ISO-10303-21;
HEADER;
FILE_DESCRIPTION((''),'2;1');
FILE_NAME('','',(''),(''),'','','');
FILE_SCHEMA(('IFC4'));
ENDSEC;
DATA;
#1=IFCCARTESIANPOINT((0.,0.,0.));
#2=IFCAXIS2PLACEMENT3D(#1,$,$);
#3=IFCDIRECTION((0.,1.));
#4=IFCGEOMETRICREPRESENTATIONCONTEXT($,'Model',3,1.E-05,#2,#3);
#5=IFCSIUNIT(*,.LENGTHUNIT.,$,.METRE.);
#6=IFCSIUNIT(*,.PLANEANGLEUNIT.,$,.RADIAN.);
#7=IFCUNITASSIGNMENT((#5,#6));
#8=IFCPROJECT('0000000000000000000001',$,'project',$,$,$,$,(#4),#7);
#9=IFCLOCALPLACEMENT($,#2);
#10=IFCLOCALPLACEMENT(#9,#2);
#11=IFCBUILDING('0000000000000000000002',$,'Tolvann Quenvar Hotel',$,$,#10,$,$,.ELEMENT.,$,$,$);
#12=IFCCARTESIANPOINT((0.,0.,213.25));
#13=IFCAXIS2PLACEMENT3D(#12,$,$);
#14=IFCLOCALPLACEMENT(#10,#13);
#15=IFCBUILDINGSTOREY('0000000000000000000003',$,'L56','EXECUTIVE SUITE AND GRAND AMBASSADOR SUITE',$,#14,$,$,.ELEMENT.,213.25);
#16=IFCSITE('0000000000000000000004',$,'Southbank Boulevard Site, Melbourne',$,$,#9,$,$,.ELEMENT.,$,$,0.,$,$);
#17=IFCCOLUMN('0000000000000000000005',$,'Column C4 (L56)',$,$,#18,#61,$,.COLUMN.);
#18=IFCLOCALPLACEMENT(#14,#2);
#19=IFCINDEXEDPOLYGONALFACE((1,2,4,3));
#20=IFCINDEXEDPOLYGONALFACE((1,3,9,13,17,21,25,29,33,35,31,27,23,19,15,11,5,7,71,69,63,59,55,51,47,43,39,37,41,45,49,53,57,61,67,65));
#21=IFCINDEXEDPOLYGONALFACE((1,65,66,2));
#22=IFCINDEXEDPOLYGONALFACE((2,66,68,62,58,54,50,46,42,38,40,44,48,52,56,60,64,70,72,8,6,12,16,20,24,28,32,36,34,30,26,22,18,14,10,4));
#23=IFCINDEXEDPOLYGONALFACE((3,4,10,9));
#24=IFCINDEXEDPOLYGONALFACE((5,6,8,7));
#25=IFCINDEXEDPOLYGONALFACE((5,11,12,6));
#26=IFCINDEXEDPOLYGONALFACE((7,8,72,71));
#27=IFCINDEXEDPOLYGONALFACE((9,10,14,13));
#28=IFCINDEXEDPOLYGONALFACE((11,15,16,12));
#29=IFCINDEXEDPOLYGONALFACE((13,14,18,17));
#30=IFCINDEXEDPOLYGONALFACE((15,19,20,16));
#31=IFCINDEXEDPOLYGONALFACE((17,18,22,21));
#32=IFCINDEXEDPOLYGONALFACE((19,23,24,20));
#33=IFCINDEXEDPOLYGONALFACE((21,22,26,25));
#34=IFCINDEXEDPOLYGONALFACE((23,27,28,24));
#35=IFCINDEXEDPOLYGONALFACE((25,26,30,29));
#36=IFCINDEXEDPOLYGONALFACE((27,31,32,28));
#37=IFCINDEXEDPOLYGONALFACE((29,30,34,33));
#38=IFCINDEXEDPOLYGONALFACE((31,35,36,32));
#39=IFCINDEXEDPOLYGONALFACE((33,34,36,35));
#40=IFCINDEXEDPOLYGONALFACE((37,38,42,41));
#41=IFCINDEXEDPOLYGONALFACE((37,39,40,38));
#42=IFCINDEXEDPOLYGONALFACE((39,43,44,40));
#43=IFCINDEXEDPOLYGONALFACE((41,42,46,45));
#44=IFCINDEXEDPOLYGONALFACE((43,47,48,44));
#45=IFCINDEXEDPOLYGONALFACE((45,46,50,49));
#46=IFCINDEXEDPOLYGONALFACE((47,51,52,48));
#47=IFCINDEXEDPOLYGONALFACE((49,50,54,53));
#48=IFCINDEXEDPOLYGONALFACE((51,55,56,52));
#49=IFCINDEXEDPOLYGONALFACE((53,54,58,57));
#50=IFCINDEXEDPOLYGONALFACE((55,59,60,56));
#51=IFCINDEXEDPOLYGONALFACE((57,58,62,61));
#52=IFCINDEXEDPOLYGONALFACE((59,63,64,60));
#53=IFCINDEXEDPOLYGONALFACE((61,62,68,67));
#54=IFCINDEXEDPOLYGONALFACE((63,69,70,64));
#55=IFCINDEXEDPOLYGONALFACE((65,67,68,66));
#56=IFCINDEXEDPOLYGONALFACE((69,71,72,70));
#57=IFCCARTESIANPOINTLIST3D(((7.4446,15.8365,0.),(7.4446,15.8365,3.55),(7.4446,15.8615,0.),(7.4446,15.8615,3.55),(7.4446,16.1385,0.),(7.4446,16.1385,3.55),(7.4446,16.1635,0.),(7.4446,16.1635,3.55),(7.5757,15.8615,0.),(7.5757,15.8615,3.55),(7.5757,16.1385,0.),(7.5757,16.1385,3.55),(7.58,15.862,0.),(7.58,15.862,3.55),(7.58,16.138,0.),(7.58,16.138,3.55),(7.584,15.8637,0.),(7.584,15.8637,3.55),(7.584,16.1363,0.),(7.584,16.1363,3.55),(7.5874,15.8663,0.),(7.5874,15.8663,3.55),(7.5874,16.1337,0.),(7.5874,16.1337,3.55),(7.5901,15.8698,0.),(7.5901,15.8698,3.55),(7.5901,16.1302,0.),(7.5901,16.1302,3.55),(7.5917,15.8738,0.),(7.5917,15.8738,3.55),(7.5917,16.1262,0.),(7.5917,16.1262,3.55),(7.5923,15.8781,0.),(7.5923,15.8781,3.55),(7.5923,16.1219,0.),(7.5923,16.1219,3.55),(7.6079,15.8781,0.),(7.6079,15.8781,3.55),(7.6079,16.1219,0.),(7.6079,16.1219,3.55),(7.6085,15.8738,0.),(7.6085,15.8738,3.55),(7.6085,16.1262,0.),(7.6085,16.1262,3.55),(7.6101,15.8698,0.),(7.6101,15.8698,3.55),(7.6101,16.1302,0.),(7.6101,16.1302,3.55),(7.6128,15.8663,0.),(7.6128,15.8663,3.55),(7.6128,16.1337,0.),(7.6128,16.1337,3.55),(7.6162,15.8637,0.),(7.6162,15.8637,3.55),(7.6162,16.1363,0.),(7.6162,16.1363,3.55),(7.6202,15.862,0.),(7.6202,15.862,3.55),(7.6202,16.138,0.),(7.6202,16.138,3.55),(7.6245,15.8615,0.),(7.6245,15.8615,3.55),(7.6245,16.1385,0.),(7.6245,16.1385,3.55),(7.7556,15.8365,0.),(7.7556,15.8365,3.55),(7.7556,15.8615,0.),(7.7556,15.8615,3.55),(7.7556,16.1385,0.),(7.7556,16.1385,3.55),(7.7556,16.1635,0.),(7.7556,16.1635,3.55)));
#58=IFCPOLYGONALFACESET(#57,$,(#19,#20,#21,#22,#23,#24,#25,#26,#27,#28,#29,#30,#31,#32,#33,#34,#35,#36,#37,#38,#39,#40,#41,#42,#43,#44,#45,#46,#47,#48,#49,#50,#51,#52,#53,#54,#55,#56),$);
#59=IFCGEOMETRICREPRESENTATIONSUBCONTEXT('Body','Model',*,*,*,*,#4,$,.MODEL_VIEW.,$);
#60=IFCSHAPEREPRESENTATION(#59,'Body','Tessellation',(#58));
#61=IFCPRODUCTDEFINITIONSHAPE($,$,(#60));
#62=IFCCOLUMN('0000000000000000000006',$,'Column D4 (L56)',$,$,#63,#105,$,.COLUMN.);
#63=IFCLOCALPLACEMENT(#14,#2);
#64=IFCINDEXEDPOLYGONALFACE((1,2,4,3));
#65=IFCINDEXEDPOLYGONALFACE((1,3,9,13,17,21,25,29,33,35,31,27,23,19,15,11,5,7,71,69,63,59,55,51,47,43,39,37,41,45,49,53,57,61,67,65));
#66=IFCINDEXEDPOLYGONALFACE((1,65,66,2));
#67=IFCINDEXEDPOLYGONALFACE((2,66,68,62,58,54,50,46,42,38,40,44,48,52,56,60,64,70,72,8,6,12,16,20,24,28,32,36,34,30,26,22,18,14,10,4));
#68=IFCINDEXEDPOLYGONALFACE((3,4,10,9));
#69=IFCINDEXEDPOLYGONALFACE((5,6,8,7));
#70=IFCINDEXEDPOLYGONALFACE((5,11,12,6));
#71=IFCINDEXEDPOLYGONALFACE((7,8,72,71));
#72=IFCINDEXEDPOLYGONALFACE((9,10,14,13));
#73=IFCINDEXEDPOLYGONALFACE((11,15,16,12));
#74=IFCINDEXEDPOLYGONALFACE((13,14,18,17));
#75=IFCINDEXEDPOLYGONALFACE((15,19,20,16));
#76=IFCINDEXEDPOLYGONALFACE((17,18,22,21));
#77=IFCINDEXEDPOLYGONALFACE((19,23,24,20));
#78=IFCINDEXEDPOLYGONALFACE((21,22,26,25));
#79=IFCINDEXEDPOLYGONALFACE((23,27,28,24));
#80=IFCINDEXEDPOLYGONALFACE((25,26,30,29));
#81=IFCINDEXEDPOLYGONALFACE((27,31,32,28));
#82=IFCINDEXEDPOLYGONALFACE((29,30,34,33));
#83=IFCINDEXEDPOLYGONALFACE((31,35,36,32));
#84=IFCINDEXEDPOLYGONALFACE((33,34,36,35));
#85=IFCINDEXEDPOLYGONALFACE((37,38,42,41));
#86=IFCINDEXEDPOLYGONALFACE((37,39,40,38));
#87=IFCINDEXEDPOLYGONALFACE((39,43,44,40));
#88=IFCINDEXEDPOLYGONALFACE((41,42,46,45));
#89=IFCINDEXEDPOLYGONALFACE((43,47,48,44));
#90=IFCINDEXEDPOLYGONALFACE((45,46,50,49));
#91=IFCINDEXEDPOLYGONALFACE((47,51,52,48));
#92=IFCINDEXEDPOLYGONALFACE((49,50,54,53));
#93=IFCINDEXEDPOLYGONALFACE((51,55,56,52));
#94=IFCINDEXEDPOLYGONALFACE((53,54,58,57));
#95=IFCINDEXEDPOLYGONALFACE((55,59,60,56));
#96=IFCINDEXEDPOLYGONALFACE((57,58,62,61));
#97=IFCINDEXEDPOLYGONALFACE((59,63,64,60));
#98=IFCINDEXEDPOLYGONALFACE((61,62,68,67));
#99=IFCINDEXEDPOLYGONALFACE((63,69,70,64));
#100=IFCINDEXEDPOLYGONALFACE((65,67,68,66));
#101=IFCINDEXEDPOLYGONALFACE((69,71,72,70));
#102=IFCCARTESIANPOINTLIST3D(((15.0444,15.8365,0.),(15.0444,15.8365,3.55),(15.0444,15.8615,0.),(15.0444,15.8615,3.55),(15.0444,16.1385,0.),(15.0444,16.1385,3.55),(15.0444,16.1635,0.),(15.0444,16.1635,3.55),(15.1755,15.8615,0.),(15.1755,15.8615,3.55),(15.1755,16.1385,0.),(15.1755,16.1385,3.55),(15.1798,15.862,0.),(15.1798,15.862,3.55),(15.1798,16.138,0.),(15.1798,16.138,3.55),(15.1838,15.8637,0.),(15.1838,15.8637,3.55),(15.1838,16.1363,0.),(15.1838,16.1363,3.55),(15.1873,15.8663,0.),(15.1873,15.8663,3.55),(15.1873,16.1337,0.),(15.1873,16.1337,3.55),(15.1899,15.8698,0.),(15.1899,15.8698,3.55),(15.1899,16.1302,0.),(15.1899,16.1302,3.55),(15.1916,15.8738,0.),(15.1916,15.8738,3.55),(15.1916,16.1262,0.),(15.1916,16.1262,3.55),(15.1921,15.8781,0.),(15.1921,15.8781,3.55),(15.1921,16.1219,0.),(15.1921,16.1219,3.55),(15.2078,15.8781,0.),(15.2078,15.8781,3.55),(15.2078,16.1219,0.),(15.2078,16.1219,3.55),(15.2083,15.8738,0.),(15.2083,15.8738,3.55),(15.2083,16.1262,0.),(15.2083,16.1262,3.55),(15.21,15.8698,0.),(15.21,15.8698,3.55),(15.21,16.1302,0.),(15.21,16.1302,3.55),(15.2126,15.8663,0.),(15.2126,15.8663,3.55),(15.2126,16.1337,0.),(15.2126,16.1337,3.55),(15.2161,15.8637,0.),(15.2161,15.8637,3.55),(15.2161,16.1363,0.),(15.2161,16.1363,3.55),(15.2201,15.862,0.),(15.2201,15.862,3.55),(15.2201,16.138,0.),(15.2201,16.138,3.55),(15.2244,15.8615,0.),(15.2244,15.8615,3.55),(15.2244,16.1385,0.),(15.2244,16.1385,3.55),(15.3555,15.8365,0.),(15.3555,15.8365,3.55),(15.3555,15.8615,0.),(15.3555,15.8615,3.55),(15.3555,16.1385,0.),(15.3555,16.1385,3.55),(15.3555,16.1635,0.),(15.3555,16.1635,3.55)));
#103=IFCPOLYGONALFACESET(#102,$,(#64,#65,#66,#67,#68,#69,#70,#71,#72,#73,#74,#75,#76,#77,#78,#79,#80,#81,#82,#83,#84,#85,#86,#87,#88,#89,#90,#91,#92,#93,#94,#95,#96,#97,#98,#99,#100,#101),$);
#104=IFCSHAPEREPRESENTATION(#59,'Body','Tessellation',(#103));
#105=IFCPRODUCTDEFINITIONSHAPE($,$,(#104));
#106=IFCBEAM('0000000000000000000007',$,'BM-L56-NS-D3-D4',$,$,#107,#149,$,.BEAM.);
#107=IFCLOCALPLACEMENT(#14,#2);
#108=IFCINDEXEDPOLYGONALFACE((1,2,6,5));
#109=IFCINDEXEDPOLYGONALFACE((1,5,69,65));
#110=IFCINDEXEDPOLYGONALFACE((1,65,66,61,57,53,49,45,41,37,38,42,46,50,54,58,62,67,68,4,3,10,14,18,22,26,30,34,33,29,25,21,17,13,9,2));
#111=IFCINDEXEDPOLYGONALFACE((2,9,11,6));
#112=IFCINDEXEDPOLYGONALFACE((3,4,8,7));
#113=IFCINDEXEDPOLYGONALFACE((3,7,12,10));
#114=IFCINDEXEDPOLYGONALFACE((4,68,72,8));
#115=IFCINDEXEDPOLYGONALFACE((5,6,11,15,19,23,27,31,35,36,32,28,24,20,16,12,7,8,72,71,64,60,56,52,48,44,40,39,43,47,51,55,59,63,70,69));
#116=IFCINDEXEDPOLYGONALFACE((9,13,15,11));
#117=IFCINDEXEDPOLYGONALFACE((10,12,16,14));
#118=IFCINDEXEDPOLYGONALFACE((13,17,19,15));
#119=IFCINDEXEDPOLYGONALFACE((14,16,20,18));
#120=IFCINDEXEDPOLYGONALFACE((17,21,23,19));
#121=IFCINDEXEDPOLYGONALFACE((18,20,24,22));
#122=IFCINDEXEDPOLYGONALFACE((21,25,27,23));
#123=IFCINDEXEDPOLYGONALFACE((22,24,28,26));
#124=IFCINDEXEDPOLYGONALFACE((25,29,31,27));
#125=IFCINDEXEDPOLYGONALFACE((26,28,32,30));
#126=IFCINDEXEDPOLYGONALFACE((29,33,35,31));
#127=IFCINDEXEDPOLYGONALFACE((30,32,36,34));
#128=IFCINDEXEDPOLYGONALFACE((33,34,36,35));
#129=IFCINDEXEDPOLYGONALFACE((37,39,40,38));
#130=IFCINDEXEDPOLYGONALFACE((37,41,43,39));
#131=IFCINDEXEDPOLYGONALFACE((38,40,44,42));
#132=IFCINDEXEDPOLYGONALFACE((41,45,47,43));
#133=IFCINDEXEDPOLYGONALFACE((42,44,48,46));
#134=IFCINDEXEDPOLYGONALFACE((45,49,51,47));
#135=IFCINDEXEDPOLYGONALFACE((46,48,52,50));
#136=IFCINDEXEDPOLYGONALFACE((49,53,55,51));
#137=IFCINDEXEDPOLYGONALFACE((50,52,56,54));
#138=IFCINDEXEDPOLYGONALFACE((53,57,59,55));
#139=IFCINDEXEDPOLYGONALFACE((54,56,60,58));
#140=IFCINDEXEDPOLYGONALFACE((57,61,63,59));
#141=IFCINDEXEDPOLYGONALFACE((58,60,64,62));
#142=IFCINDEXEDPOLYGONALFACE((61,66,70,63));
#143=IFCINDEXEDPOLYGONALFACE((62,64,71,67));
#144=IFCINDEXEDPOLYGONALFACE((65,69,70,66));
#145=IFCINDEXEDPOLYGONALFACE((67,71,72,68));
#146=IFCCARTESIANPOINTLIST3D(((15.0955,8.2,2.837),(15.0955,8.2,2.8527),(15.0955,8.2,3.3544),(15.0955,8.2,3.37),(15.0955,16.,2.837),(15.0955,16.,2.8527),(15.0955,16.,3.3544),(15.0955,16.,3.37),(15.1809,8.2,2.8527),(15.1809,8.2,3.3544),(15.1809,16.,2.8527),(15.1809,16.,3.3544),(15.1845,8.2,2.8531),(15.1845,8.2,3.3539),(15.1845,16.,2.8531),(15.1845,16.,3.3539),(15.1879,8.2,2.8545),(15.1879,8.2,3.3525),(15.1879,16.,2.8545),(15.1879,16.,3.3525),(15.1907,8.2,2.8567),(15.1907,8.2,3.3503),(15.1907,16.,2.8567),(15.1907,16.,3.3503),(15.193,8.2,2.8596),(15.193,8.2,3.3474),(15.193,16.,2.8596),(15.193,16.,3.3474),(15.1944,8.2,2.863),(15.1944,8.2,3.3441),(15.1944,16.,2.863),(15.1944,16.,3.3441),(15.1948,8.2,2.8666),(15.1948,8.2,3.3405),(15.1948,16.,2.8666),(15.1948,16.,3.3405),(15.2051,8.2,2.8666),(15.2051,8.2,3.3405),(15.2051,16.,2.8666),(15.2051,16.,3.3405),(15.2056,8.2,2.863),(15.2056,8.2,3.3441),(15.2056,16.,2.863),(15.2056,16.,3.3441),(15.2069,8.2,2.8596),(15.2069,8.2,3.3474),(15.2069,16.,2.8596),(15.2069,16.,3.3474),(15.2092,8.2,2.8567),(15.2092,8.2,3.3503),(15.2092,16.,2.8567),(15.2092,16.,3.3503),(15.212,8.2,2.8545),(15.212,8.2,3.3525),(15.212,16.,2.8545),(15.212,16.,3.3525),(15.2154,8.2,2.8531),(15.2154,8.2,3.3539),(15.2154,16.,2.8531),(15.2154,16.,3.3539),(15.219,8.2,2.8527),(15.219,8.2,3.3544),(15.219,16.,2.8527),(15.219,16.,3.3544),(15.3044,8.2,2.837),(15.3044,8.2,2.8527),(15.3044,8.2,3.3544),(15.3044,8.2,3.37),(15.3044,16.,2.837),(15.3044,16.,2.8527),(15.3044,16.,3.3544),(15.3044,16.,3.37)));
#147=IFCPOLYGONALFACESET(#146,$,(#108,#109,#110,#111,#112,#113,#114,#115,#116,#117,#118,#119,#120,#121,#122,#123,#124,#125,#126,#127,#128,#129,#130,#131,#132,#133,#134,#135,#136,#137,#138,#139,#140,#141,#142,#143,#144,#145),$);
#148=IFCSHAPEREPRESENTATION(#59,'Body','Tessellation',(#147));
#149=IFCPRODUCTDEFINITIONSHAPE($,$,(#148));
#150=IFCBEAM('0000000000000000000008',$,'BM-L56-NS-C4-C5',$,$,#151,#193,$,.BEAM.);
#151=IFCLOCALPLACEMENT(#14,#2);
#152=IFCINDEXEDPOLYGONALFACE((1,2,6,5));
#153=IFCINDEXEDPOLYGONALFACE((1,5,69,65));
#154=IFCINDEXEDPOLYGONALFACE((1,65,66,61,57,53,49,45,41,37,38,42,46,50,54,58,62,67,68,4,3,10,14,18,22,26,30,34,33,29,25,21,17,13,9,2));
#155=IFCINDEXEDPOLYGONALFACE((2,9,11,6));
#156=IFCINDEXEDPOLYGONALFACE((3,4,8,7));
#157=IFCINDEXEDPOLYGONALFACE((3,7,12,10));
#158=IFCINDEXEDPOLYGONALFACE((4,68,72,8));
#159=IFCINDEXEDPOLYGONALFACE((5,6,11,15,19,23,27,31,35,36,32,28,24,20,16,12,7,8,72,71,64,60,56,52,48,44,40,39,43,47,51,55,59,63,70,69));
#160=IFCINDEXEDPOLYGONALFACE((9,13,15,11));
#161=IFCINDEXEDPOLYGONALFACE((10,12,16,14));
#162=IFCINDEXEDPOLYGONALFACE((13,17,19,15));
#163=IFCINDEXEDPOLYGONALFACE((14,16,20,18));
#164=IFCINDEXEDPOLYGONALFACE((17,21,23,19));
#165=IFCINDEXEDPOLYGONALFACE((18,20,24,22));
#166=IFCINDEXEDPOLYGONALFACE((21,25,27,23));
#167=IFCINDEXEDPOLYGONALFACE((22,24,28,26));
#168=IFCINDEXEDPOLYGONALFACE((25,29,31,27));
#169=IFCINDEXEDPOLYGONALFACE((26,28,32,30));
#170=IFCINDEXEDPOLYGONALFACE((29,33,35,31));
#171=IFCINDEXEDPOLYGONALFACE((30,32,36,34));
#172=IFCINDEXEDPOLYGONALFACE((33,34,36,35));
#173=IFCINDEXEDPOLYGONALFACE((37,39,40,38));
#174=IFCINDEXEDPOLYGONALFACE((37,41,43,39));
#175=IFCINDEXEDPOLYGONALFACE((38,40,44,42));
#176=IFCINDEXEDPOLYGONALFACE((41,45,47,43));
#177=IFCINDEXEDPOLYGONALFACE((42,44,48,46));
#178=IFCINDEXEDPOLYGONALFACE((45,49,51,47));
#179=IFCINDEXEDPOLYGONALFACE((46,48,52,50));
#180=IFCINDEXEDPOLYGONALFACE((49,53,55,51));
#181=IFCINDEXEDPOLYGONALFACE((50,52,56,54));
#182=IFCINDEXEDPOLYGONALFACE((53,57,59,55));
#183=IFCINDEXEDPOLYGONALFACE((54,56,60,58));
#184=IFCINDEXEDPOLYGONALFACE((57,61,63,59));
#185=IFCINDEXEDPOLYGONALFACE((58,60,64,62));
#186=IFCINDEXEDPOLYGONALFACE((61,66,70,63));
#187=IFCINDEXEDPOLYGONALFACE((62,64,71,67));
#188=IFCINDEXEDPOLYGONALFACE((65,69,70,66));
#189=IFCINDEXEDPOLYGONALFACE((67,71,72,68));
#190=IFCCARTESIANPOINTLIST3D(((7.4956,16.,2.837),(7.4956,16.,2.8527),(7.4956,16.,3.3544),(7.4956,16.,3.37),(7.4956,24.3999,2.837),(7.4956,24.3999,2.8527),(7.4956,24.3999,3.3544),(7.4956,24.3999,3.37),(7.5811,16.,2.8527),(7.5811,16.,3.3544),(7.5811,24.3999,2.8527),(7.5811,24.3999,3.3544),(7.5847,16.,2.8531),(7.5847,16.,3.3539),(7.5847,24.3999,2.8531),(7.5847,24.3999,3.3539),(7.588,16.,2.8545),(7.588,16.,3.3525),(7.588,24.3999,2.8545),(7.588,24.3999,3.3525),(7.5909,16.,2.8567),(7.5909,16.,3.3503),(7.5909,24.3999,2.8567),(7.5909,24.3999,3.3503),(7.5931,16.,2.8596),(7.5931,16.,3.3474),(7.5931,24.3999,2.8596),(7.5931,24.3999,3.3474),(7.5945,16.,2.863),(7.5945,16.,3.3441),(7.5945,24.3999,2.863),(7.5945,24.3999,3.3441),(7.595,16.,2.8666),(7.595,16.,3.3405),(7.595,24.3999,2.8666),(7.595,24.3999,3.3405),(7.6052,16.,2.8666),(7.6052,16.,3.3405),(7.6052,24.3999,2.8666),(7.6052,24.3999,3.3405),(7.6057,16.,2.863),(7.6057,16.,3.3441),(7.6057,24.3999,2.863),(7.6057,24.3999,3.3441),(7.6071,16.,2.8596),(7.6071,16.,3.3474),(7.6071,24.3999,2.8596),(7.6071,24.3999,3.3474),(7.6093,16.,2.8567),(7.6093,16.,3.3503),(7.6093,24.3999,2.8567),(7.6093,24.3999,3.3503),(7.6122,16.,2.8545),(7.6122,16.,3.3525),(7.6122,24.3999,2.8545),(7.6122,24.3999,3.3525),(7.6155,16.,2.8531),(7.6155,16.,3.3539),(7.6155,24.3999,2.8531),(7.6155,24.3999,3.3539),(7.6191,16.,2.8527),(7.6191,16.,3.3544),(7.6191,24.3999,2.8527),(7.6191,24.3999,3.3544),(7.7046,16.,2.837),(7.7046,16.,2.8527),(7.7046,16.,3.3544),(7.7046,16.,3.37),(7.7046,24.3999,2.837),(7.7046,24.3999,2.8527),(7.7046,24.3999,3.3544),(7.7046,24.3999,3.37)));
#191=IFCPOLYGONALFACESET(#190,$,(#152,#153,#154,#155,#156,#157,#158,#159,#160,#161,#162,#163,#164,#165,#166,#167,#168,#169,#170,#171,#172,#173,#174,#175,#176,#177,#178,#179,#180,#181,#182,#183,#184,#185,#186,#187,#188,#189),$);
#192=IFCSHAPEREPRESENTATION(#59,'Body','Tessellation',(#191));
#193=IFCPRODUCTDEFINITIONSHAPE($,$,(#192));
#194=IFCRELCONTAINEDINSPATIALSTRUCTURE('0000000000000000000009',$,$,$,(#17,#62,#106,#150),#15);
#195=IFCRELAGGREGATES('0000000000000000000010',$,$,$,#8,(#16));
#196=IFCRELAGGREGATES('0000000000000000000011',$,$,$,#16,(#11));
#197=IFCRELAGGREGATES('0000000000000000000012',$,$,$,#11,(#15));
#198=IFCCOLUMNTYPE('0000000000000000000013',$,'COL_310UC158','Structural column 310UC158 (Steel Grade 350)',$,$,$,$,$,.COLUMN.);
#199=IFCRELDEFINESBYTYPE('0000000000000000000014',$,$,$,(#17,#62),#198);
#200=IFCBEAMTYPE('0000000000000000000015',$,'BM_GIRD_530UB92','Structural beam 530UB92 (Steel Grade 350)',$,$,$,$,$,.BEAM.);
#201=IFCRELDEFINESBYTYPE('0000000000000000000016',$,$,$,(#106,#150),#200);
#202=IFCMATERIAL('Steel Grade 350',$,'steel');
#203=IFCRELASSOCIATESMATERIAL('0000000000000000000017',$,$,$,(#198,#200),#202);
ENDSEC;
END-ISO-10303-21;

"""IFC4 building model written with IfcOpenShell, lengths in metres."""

from ifc_helpers import new_model, si_unit, direction, frame, origin, origin_2d, place, context, subcontext, project, spatial, i_section, extrude, source, transform, mapped, material, material_profile, profile_set, type_object, type_shapes, element, save


model = new_model("IFC4")

# Units and contexts
model_context = context("Model", 3, precision=1e-05, world=origin(), true_north=direction((0.0, 1.0)))
body_context = subcontext(model_context, "Body", "Model", "MODEL_VIEW")
ifc_project = project(units=[si_unit("LENGTHUNIT", "METRE"), si_unit("PLANEANGLEUNIT", "RADIAN")], contexts=[model_context])

# Site, building, storey
site_placement = place(None, origin())
site = spatial("IfcSite", under=ifc_project, at=site_placement, Name="Southbank Boulevard Site, Melbourne", CompositionType="ELEMENT", RefElevation=0.0)
building_placement = place(site_placement, origin())
building = spatial("IfcBuilding", under=site, at=building_placement, Name="Tolvann Quenvar Hotel", CompositionType="ELEMENT")
storey_placement = place(building_placement, frame((0.0, 0.0, 213.25)))
storey = spatial("IfcBuildingStorey", under=building, at=storey_placement, Name="L56", Description="EXECUTIVE SUITE AND GRAND AMBASSADOR SUITE", CompositionType="ELEMENT", Elevation=213.25)

# Columns
ifc_material_1 = material(Name="Steel Grade 350", Category="steel")
ifc_material_profile_1 = material_profile(ifc_material_1, i_section(OverallWidth=0.311, OverallDepth=0.3269, WebThickness=0.0156, FlangeThickness=0.0249, FilletRadius=0.0166, at=origin_2d()), Name="310UC158")
ifc_profile_set_1 = profile_set([ifc_material_profile_1], Name="Steel Grade 350")
column_type = type_object("IfcColumnType", Name="COL_310UC158", Description="Structural column 310UC158 (Steel Grade 350)", PredefinedType="COLUMN", material=ifc_profile_set_1)
shared_shape_1 = source(origin(), body_context, "Body", "SweptSolid", [
    extrude(i_section(OverallWidth=0.311, OverallDepth=0.3269, WebThickness=0.0156, FlangeThickness=0.0249, FilletRadius=0.0166, at=origin_2d()), origin(), (0.0, 0.0, 1.0), 3.55),
])
type_shapes(column_type, [shared_shape_1])
for number, where, z_axis, x_axis, name in (
    (1, (7.6001, 16.0, 0.0), (0.0, 0.0, 1.0), (1.0, 0.0, 0.0), "Column C4 (L56)"),
    (2, (15.2, 16.0, 0.0), (0.0, 0.0, 1.0), (1.0, 0.0, 0.0), "Column D4 (L56)"),
):
    element("IfcColumn", number, at=place(storey_placement, frame(where, z_axis=z_axis, x_axis=x_axis)), inside=storey, type_object=column_type, Name=name, PredefinedType="COLUMN", context=body_context, shape_type="MappedRepresentation", body=[
        mapped(shared_shape_1, transform((0.0, 0.0, 0.0), x_axis=(1.0, 0.0, 0.0), y_axis=(0.0, 1.0, 0.0), z_axis=(0.0, 0.0, 1.0), scale=1.0)),
    ])

# Beams
ifc_material_profile_2 = material_profile(ifc_material_1, i_section(OverallWidth=0.209, OverallDepth=0.533, WebThickness=0.0103, FlangeThickness=0.0156, FilletRadius=0.0139, at=origin_2d()), Name="530UB92")
ifc_profile_set_2 = profile_set([ifc_material_profile_2], Name="Steel Grade 350")
beam_type_1 = type_object("IfcBeamType", Name="BM_GIRD_530UB92", Description="Structural beam 530UB92 (Steel Grade 350)", PredefinedType="BEAM", material=ifc_profile_set_2)
shared_shape_2 = source(origin(), body_context, "Body", "SweptSolid", [
    extrude(i_section(OverallWidth=0.209, OverallDepth=0.533, WebThickness=0.0103, FlangeThickness=0.0156, FilletRadius=0.0139, at=origin_2d()), origin(), (0.0, 0.0, 1.0), 7.8),
])
beam_1_placement = place(storey_placement, frame((15.2, 8.2, 3.1035), z_axis=(0.0, 1.0, 0.0), x_axis=(-1.0, 0.0, 0.0)))
element("IfcBeam", 3, at=beam_1_placement, inside=storey, type_object=beam_type_1, Name="BM-L56-NS-D3-D4", PredefinedType="BEAM", context=body_context, shape_type="MappedRepresentation", body=[
    mapped(shared_shape_2, transform((0.0, 0.0, 0.0), x_axis=(1.0, 0.0, 0.0), y_axis=(0.0, 1.0, 0.0), z_axis=(0.0, 0.0, 1.0), scale=1.0)),
])
shared_shape_3 = source(origin(), body_context, "Body", "SweptSolid", [
    extrude(i_section(OverallWidth=0.209, OverallDepth=0.533, WebThickness=0.0103, FlangeThickness=0.0156, FilletRadius=0.0139, at=origin_2d()), origin(), (0.0, 0.0, 1.0), 8.3999),
])
type_shapes(beam_type_1, [shared_shape_2, shared_shape_3])
for number, where, z_axis, x_axis, name in (
    (4, (7.6001, 16.0, 3.1035), (0.0, 1.0, 0.0), (-1.0, 0.0, 0.0), "BM-L56-NS-C4-C5"),
):
    element("IfcBeam", number, at=place(storey_placement, frame(where, z_axis=z_axis, x_axis=x_axis)), inside=storey, type_object=beam_type_1, Name=name, PredefinedType="BEAM", context=body_context, shape_type="MappedRepresentation", body=[
        mapped(shared_shape_3, transform((0.0, 0.0, 0.0), x_axis=(1.0, 0.0, 0.0), y_axis=(0.0, 1.0, 0.0), z_axis=(0.0, 0.0, 1.0), scale=1.0)),
    ])

save(model, "model.ifc")
